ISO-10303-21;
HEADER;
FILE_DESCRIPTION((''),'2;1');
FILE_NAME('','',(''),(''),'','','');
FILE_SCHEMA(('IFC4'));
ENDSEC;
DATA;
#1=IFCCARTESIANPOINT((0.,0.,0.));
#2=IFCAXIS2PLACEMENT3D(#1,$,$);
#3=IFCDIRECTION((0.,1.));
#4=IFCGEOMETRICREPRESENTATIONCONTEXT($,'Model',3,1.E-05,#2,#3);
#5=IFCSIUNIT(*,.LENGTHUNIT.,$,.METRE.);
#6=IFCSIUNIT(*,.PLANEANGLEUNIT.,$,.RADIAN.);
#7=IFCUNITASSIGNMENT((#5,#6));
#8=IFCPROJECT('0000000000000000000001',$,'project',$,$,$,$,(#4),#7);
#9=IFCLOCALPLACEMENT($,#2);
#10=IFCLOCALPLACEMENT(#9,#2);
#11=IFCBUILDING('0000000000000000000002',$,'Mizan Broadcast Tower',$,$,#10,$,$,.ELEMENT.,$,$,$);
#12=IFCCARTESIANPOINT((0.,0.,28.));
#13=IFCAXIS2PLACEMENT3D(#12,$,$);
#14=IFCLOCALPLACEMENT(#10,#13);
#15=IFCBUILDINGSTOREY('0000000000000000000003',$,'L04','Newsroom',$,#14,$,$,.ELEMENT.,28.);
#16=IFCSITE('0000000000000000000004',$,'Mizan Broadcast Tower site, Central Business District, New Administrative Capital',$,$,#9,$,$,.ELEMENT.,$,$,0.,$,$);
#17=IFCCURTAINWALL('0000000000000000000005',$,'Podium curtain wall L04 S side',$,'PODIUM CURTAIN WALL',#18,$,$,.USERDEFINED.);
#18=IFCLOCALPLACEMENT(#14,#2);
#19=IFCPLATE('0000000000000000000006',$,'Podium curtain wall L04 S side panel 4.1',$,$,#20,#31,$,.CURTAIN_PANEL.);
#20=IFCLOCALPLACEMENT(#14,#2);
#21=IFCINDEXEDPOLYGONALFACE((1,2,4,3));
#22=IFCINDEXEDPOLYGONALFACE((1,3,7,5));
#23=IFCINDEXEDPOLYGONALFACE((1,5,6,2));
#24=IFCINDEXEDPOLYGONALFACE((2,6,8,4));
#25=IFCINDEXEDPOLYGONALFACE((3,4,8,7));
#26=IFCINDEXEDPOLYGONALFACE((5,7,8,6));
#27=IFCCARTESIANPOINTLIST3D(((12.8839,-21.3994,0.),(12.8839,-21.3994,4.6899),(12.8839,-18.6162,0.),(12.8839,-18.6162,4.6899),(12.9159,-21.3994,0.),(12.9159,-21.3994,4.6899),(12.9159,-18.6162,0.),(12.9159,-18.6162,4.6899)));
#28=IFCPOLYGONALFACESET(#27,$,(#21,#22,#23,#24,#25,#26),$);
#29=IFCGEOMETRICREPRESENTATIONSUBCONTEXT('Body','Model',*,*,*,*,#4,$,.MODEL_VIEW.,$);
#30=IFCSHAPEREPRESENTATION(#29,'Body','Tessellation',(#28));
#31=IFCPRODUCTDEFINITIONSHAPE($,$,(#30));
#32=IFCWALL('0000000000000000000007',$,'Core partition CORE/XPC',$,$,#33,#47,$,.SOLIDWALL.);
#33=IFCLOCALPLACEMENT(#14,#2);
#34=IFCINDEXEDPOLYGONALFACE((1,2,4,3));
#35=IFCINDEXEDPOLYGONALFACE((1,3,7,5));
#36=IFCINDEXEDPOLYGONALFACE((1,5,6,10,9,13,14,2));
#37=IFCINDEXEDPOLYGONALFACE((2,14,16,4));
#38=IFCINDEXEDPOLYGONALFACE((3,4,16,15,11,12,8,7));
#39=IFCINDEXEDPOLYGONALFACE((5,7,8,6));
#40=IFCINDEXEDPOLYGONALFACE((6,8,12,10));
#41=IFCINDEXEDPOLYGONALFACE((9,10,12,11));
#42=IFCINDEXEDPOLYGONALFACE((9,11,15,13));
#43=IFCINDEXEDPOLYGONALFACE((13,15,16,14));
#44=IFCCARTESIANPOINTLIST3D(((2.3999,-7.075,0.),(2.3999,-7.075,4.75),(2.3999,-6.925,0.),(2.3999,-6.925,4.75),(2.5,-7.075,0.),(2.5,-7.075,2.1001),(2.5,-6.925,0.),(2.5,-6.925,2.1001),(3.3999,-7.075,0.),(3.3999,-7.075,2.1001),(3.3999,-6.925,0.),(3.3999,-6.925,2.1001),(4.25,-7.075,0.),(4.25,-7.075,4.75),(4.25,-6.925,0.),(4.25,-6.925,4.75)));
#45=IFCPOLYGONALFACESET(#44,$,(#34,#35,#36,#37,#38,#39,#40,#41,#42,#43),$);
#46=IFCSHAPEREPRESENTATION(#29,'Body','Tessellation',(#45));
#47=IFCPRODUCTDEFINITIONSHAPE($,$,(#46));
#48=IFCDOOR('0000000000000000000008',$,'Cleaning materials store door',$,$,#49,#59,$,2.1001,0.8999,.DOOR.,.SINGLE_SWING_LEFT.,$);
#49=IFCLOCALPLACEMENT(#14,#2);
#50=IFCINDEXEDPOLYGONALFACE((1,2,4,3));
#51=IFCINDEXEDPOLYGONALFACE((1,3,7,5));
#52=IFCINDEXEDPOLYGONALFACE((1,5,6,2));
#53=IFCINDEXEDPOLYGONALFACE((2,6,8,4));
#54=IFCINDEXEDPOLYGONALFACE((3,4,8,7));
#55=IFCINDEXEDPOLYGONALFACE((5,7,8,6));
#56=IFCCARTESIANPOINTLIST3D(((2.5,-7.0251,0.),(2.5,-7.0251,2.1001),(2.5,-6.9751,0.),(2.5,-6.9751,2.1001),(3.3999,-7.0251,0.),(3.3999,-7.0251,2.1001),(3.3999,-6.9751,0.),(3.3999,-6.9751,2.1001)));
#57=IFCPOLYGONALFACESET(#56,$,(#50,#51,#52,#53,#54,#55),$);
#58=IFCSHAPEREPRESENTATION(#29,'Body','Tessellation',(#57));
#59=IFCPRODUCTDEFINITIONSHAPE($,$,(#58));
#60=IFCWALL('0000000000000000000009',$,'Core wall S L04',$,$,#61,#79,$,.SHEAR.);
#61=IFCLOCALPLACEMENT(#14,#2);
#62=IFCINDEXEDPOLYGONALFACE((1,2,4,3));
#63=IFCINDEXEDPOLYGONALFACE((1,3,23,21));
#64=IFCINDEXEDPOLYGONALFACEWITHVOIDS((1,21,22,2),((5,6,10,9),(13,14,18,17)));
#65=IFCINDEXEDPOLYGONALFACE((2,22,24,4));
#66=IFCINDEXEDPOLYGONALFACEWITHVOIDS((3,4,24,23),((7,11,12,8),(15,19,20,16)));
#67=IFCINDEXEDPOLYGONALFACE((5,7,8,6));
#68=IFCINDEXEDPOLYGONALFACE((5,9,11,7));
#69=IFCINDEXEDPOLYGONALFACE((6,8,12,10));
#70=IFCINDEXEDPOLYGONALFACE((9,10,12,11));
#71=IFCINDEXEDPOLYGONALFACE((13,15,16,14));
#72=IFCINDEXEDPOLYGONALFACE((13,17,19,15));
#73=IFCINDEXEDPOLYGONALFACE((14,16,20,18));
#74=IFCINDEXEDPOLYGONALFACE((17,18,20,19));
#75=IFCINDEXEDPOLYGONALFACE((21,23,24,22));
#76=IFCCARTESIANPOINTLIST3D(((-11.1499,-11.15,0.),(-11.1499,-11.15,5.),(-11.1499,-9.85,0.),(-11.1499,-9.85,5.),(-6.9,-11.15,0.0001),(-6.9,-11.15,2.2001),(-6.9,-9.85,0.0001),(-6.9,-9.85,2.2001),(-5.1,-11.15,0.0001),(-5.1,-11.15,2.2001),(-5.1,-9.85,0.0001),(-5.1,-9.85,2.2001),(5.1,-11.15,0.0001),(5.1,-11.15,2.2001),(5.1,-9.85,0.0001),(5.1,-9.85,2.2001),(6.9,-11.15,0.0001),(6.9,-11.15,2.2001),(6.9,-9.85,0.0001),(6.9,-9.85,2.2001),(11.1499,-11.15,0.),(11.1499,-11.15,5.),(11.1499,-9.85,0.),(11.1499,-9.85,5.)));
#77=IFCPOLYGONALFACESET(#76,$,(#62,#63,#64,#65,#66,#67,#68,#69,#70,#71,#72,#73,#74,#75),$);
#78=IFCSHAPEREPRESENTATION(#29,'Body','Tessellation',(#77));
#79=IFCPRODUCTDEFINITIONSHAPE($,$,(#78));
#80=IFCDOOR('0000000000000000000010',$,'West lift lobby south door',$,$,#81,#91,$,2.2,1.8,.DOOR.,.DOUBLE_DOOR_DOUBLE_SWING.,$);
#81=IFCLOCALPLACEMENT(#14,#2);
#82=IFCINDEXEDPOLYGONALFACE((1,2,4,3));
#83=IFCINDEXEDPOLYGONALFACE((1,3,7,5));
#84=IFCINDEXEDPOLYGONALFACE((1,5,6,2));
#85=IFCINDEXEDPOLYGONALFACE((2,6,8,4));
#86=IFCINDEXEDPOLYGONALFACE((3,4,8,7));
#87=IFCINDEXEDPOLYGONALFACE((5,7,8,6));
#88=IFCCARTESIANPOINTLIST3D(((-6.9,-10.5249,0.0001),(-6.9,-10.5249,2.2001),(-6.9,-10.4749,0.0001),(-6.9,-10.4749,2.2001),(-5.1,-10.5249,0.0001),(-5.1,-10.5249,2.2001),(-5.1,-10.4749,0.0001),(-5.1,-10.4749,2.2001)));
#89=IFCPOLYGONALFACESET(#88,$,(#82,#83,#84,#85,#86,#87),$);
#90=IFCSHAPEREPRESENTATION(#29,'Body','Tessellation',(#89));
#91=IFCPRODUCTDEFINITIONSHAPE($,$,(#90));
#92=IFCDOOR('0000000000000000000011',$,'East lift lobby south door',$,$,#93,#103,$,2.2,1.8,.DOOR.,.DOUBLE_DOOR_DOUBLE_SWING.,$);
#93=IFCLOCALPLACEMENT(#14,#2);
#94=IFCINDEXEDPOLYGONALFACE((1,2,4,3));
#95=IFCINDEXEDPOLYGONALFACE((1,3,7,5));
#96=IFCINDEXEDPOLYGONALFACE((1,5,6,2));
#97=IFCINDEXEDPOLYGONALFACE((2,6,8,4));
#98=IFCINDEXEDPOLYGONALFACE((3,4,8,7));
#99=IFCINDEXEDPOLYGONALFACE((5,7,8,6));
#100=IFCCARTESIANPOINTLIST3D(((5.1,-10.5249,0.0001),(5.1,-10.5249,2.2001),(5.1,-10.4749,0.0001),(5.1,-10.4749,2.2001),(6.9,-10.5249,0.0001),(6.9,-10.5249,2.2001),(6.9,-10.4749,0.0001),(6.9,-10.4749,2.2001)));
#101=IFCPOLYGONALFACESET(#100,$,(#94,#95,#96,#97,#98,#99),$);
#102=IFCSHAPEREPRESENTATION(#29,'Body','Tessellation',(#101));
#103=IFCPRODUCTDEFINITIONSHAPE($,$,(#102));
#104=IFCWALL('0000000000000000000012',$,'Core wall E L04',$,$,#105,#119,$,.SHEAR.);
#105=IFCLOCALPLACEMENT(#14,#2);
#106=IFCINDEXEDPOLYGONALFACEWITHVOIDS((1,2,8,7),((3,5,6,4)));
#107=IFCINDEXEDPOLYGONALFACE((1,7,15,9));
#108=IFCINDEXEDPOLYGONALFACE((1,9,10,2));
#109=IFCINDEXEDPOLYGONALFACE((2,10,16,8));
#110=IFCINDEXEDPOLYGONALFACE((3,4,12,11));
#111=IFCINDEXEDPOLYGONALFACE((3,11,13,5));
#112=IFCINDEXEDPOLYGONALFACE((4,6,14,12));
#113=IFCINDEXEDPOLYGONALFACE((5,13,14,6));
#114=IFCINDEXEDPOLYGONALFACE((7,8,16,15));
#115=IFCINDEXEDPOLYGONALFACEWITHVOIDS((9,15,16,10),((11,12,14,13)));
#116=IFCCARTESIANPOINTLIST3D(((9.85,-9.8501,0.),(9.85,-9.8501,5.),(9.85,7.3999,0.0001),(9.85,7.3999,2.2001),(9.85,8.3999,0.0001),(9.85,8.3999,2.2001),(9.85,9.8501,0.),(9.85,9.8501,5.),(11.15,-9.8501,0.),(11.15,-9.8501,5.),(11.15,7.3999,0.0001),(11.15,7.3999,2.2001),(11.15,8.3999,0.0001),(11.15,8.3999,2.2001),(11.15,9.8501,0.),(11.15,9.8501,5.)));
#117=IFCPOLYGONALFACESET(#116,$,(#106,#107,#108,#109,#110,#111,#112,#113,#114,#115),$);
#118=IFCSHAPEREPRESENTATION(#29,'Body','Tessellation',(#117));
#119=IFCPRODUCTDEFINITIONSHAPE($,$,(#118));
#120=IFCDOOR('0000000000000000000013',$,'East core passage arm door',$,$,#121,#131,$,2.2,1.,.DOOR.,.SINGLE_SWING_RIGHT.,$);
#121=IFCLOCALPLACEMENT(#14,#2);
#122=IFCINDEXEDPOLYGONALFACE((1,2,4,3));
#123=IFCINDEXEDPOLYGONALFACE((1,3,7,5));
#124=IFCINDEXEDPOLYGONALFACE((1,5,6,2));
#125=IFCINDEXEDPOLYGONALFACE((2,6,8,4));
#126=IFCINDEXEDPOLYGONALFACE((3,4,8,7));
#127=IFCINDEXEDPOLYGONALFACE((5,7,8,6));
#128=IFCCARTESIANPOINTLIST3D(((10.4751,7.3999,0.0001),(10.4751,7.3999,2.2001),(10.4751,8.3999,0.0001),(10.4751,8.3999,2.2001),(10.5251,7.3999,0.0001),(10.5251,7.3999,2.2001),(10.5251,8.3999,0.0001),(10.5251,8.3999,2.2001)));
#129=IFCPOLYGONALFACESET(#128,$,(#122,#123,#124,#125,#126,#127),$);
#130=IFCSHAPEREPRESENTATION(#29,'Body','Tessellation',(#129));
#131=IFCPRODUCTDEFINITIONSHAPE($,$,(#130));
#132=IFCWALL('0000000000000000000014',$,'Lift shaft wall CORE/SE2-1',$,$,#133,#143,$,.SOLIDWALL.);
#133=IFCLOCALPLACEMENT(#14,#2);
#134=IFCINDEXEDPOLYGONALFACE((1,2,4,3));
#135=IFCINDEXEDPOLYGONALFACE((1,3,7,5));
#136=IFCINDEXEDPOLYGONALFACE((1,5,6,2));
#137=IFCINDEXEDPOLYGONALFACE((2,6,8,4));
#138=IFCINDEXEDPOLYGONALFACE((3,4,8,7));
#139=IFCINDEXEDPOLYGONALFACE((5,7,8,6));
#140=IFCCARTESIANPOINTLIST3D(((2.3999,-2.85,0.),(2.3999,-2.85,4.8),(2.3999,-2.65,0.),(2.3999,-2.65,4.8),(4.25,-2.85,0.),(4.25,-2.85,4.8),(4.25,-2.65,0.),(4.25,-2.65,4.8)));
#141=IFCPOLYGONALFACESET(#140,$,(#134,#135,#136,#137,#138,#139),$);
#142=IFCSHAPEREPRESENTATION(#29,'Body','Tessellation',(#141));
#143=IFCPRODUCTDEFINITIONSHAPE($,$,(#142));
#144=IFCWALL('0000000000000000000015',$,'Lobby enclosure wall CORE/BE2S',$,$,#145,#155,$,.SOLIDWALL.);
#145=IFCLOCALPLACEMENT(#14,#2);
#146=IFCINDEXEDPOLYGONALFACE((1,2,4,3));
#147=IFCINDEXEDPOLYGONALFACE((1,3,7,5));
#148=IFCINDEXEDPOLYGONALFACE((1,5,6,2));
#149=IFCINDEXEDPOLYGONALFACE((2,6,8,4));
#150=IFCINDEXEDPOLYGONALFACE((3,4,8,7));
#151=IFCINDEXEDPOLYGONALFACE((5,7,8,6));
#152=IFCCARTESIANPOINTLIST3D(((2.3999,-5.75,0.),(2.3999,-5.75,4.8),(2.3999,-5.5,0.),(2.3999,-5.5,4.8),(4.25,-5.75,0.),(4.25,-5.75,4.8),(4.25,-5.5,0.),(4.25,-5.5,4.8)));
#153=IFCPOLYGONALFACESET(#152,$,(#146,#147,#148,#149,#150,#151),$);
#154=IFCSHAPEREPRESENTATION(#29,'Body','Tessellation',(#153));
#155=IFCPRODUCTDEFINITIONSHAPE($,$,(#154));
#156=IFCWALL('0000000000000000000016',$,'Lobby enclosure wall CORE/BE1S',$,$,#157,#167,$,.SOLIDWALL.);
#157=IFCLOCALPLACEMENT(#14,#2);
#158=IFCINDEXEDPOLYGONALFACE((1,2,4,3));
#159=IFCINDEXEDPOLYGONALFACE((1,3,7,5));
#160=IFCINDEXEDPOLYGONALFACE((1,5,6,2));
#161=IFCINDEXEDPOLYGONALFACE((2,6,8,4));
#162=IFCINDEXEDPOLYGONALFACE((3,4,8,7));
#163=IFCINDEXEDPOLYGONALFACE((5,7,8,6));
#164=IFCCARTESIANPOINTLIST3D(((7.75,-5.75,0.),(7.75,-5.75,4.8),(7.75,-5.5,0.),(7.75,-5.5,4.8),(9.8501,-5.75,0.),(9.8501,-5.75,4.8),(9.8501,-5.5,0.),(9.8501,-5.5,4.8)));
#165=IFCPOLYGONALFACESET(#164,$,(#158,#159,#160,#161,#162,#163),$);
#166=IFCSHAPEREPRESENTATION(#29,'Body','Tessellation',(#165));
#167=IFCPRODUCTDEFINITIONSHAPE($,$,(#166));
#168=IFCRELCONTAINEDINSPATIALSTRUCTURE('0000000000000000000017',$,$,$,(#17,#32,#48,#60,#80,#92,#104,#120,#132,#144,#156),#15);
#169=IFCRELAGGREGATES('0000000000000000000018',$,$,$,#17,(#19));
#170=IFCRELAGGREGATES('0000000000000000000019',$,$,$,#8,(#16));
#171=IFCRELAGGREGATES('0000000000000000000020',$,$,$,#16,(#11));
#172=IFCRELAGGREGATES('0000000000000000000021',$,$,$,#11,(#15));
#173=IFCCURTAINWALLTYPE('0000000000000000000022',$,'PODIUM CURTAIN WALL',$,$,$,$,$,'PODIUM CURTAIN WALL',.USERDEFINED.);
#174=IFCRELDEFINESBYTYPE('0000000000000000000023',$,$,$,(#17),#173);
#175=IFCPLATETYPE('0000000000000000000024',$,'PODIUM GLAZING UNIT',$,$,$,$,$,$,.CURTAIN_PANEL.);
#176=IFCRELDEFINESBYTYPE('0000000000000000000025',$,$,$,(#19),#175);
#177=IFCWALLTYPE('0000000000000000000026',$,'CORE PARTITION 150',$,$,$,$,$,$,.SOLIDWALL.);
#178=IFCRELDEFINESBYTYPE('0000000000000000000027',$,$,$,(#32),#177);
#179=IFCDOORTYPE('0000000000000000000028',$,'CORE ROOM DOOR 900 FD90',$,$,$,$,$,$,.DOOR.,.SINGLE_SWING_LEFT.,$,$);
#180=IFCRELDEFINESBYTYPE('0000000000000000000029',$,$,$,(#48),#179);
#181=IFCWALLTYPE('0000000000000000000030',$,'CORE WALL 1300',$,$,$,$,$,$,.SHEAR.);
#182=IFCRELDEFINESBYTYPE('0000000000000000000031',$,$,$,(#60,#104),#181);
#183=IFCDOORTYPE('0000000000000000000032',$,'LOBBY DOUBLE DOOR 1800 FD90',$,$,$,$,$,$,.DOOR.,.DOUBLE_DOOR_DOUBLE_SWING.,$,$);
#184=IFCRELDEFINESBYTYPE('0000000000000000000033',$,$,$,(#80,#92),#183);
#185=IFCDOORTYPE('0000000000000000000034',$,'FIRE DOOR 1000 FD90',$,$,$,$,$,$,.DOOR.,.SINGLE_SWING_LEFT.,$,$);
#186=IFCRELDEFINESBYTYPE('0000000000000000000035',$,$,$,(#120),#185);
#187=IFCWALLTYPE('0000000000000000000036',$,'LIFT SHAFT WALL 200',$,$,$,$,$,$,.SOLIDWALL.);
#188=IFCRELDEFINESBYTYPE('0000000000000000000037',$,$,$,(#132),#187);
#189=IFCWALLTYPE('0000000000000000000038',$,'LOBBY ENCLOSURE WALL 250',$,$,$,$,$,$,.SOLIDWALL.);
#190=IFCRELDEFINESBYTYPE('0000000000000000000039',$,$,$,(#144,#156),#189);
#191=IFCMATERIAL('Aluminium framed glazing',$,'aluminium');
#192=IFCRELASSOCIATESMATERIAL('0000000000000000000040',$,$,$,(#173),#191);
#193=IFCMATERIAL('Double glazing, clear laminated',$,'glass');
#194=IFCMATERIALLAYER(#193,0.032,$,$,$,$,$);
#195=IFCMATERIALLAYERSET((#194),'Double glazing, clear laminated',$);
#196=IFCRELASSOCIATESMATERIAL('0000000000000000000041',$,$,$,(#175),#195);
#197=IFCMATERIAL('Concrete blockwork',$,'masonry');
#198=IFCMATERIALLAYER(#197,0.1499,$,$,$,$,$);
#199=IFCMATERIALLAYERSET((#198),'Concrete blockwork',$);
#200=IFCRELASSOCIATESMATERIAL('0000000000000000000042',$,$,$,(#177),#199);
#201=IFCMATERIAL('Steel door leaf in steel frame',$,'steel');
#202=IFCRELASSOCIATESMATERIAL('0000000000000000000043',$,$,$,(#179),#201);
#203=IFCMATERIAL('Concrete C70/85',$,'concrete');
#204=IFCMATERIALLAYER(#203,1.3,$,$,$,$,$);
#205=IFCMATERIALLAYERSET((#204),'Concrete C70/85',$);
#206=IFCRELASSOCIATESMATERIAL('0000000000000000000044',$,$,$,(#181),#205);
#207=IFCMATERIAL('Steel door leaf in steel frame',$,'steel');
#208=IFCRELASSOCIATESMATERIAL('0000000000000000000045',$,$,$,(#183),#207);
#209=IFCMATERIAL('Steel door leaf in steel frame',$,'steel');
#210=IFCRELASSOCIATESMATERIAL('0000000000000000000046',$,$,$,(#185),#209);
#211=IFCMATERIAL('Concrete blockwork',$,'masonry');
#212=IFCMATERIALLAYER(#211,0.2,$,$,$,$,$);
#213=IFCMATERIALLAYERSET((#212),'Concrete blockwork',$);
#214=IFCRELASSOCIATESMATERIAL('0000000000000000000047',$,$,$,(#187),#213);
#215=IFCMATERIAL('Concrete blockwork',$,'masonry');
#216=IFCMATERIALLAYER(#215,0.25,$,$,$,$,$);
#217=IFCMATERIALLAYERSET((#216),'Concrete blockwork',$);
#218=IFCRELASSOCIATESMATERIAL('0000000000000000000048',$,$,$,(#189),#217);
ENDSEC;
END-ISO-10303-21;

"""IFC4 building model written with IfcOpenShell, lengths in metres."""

from ifc_helpers import new_model, si_unit, direction, frame, frame_2d, origin, origin_2d, place, context, subcontext, project, spatial, rectangle, extrude, material, layer, layer_set, type_object, element, fill, aggregate, save


model = new_model("IFC4")

# Units and contexts
model_context = context("Model", 3, precision=1e-05, world=origin(), true_north=direction((0.0, 1.0)))
body_context = subcontext(model_context, "Body", "Model", "MODEL_VIEW")
ifc_project = project(units=[si_unit("LENGTHUNIT", "METRE"), si_unit("PLANEANGLEUNIT", "RADIAN")], contexts=[model_context])

# Site, building, storey
site_placement = place(None, origin())
site = spatial("IfcSite", under=ifc_project, at=site_placement, Name="Mizan Broadcast Tower site, Central Business District, New Administrative Capital", CompositionType="ELEMENT", RefElevation=0.0)
building_placement = place(site_placement, origin())
building = spatial("IfcBuilding", under=site, at=building_placement, Name="Mizan Broadcast Tower", CompositionType="ELEMENT")
storey_placement = place(building_placement, frame((0.0, 0.0, 28.0)))
storey = spatial("IfcBuildingStorey", under=building, at=storey_placement, Name="L04", Description="Newsroom", CompositionType="ELEMENT", Elevation=28.0)

# Curtain wall
ifc_material_1 = material(Name="Aluminium framed glazing", Category="aluminium")
curtain_wall_type = type_object("IfcCurtainWallType", Name="PODIUM CURTAIN WALL", ElementType="PODIUM CURTAIN WALL", PredefinedType="USERDEFINED", material=ifc_material_1)
curtain_wall_placement = place(storey_placement, origin())
curtain_wall = element("IfcCurtainWall", 1, at=curtain_wall_placement, inside=storey, type_object=curtain_wall_type, Name="Podium curtain wall L04 S side", ObjectType="PODIUM CURTAIN WALL", PredefinedType="USERDEFINED")

# Plate
ifc_material_2 = material(Name="Double glazing, clear laminated", Category="glass")
ifc_layer_1 = layer(ifc_material_2, 0.032)
ifc_layer_set_1 = layer_set([ifc_layer_1], Name="Double glazing, clear laminated")
plate_type = type_object("IfcPlateType", Name="PODIUM GLAZING UNIT", PredefinedType="CURTAIN_PANEL", material=ifc_layer_set_1)
plate_placement = place(storey_placement, frame((12.8999, -20.0078, 0.0), z_axis=(0.0, 0.0, 1.0), x_axis=(0.0, 1.0, 0.0)))
plate = element("IfcPlate", 2, at=plate_placement, type_object=plate_type, Name="Podium curtain wall L04 S side panel 4.1", PredefinedType="CURTAIN_PANEL", context=body_context, shape_type="SweptSolid", body=[
    extrude(rectangle(XDim=2.7832, YDim=0.032, at=origin_2d()), origin(), (0.0, 0.0, 1.0), 4.6899),
])
aggregate(curtain_wall, [plate])

# Wall, opening, door
ifc_material_3 = material(Name="Concrete blockwork", Category="masonry")
ifc_layer_2 = layer(ifc_material_3, 0.1499)
ifc_layer_set_2 = layer_set([ifc_layer_2], Name="Concrete blockwork")
wall_type_1 = type_object("IfcWallType", Name="CORE PARTITION 150", PredefinedType="SOLIDWALL", material=ifc_layer_set_2)
wall_1_placement = place(storey_placement, frame((2.3999, -7.0, 0.0), z_axis=(0.0, 0.0, 1.0), x_axis=(1.0, 0.0, 0.0)))
wall_1 = element("IfcWall", 3, at=wall_1_placement, inside=storey, type_object=wall_type_1, Name="Core partition CORE/XPC", PredefinedType="SOLIDWALL", context=body_context, shape_type="SweptSolid", body=[
    extrude(rectangle(XDim=1.8501, YDim=0.1499, at=frame_2d((0.925, 0.0))), origin(), (0.0, 0.0, 1.0), 4.75),
])
opening_1_placement = place(wall_1_placement, frame((0.1001, 0.0, 0.0)))
opening_1 = element("IfcOpeningElement", 4, at=opening_1_placement, cuts=wall_1, PredefinedType="OPENING", context=body_context, shape_type="SweptSolid", body=[
    extrude(rectangle(XDim=0.8999, YDim=2.1001, at=frame_2d((0.45, 1.05))), frame((0.0, 0.085, 0.0), z_axis=(0.0, -1.0, 0.0), x_axis=(1.0, 0.0, 0.0)), (0.0, 0.0, 1.0), 0.1699),
])
ifc_material_4 = material(Name="Steel door leaf in steel frame", Category="steel")
door_type_1 = type_object("IfcDoorType", Name="CORE ROOM DOOR 900 FD90", OperationType="SINGLE_SWING_LEFT", PredefinedType="DOOR", material=ifc_material_4)
door_1_placement = place(opening_1_placement, origin())
door_1 = element("IfcDoor", 5, at=door_1_placement, inside=storey, type_object=door_type_1, Name="Cleaning materials store door", OperationType="SINGLE_SWING_LEFT", OverallHeight=2.1001, OverallWidth=0.8999, PredefinedType="DOOR", context=body_context, shape_type="SweptSolid", body=[
    extrude(rectangle(XDim=0.8999, YDim=2.1001, at=frame_2d((0.45, 1.05))), frame((0.0, 0.0249, 0.0), z_axis=(0.0, -1.0, 0.0), x_axis=(1.0, 0.0, 0.0)), (0.0, 0.0, 1.0), 0.05),
])
fill(opening_1, door_1)

# Wall, openings, doors
ifc_material_5 = material(Name="Concrete C70/85", Category="concrete")
ifc_layer_3 = layer(ifc_material_5, 1.3)
ifc_layer_set_3 = layer_set([ifc_layer_3], Name="Concrete C70/85")
wall_type_2 = type_object("IfcWallType", Name="CORE WALL 1300", PredefinedType="SHEAR", material=ifc_layer_set_3)
wall_2_placement = place(storey_placement, frame((11.1499, -10.5, 0.0), z_axis=(0.0, 0.0, 1.0), x_axis=(-1.0, 0.0, 0.0)))
wall_2 = element("IfcWall", 6, at=wall_2_placement, inside=storey, type_object=wall_type_2, Name="Core wall S L04", PredefinedType="SHEAR", context=body_context, shape_type="SweptSolid", body=[
    extrude(rectangle(XDim=22.2998, YDim=1.3, at=frame_2d((11.1499, 0.0))), origin(), (0.0, 0.0, 1.0), 5.0),
])
opening_2_placement = place(wall_2_placement, frame((16.25, 0.0, 0.0)))
opening_2 = element("IfcOpeningElement", 7, at=opening_2_placement, cuts=wall_2, PredefinedType="OPENING", context=body_context, shape_type="SweptSolid", body=[
    extrude(rectangle(XDim=1.8, YDim=2.2, at=frame_2d((0.8999, 1.1001))), frame((0.0, 0.6599, 0.0), z_axis=(0.0, -1.0, 0.0), x_axis=(1.0, 0.0, 0.0)), (0.0, 0.0, 1.0), 1.3201),
])
opening_3_placement = place(wall_2_placement, frame((4.25, 0.0, 0.0)))
opening_3 = element("IfcOpeningElement", 8, at=opening_3_placement, cuts=wall_2, PredefinedType="OPENING", context=body_context, shape_type="SweptSolid", body=[
    extrude(rectangle(XDim=1.8, YDim=2.2, at=frame_2d((0.8999, 1.1001))), frame((0.0, 0.6599, 0.0), z_axis=(0.0, -1.0, 0.0), x_axis=(1.0, 0.0, 0.0)), (0.0, 0.0, 1.0), 1.3201),
])
ifc_material_6 = material(Name="Steel door leaf in steel frame", Category="steel")
door_type_2 = type_object("IfcDoorType", Name="LOBBY DOUBLE DOOR 1800 FD90", OperationType="DOUBLE_DOOR_DOUBLE_SWING", PredefinedType="DOOR", material=ifc_material_6)
door_2_placement = place(opening_2_placement, origin())
door_2 = element("IfcDoor", 9, at=door_2_placement, inside=storey, type_object=door_type_2, Name="West lift lobby south door", OperationType="DOUBLE_DOOR_DOUBLE_SWING", OverallHeight=2.2, OverallWidth=1.8, PredefinedType="DOOR", context=body_context, shape_type="SweptSolid", body=[
    extrude(rectangle(XDim=1.8, YDim=2.2, at=frame_2d((0.8999, 1.1001))), frame((0.0, 0.0249, 0.0), z_axis=(0.0, -1.0, 0.0), x_axis=(1.0, 0.0, 0.0)), (0.0, 0.0, 1.0), 0.05),
])
fill(opening_2, door_2)
door_3_placement = place(opening_3_placement, origin())
door_3 = element("IfcDoor", 10, at=door_3_placement, inside=storey, type_object=door_type_2, Name="East lift lobby south door", OperationType="DOUBLE_DOOR_DOUBLE_SWING", OverallHeight=2.2, OverallWidth=1.8, PredefinedType="DOOR", context=body_context, shape_type="SweptSolid", body=[
    extrude(rectangle(XDim=1.8, YDim=2.2, at=frame_2d((0.8999, 1.1001))), frame((0.0, 0.0249, 0.0), z_axis=(0.0, -1.0, 0.0), x_axis=(1.0, 0.0, 0.0)), (0.0, 0.0, 1.0), 0.05),
])
fill(opening_3, door_3)

# Wall, opening, door
wall_3_placement = place(storey_placement, frame((10.5, -9.8501, 0.0), z_axis=(0.0, 0.0, 1.0), x_axis=(0.0, 1.0, 0.0)))
wall_3 = element("IfcWall", 11, at=wall_3_placement, inside=storey, type_object=wall_type_2, Name="Core wall E L04", PredefinedType="SHEAR", context=body_context, shape_type="SweptSolid", body=[
    extrude(rectangle(XDim=19.7002, YDim=1.3, at=frame_2d((9.8501, 0.0))), origin(), (0.0, 0.0, 1.0), 5.0),
])
opening_4_placement = place(wall_3_placement, frame((17.25, 0.0, 0.0)))
opening_4 = element("IfcOpeningElement", 12, at=opening_4_placement, cuts=wall_3, PredefinedType="OPENING", context=body_context, shape_type="SweptSolid", body=[
    extrude(rectangle(XDim=1.0, YDim=2.2, at=frame_2d((0.5, 1.1001))), frame((0.0, 0.6599, 0.0), z_axis=(0.0, -1.0, 0.0), x_axis=(1.0, 0.0, 0.0)), (0.0, 0.0, 1.0), 1.3201),
])
ifc_material_7 = material(Name="Steel door leaf in steel frame", Category="steel")
door_type_3 = type_object("IfcDoorType", Name="FIRE DOOR 1000 FD90", OperationType="SINGLE_SWING_LEFT", PredefinedType="DOOR", material=ifc_material_7)
door_4_placement = place(opening_4_placement, origin())
door_4 = element("IfcDoor", 13, at=door_4_placement, inside=storey, type_object=door_type_3, Name="East core passage arm door", OperationType="SINGLE_SWING_RIGHT", OverallHeight=2.2, OverallWidth=1.0, PredefinedType="DOOR", context=body_context, shape_type="SweptSolid", body=[
    extrude(rectangle(XDim=1.0, YDim=2.2, at=frame_2d((0.5, 1.1001))), frame((0.0, 0.0249, 0.0), z_axis=(0.0, -1.0, 0.0), x_axis=(1.0, 0.0, 0.0)), (0.0, 0.0, 1.0), 0.05),
])
fill(opening_4, door_4)

# Walls
ifc_material_8 = material(Name="Concrete blockwork", Category="masonry")
ifc_layer_4 = layer(ifc_material_8, 0.2)
ifc_layer_set_4 = layer_set([ifc_layer_4], Name="Concrete blockwork")
wall_type_3 = type_object("IfcWallType", Name="LIFT SHAFT WALL 200", PredefinedType="SOLIDWALL", material=ifc_layer_set_4)
wall_4_placement = place(storey_placement, frame((2.3999, -2.75, 0.0), z_axis=(0.0, 0.0, 1.0), x_axis=(1.0, 0.0, 0.0)))
element("IfcWall", 14, at=wall_4_placement, inside=storey, type_object=wall_type_3, Name="Lift shaft wall CORE/SE2-1", PredefinedType="SOLIDWALL", context=body_context, shape_type="SweptSolid", body=[
    extrude(rectangle(XDim=1.8501, YDim=0.2, at=frame_2d((0.925, 0.0))), origin(), (0.0, 0.0, 1.0), 4.8),
])
ifc_material_9 = material(Name="Concrete blockwork", Category="masonry")
ifc_layer_5 = layer(ifc_material_9, 0.25)
ifc_layer_set_5 = layer_set([ifc_layer_5], Name="Concrete blockwork")
wall_type_4 = type_object("IfcWallType", Name="LOBBY ENCLOSURE WALL 250", PredefinedType="SOLIDWALL", material=ifc_layer_set_5)
wall_5_placement = place(storey_placement, frame((2.3999, -5.625, 0.0), z_axis=(0.0, 0.0, 1.0), x_axis=(1.0, 0.0, 0.0)))
element("IfcWall", 15, at=wall_5_placement, inside=storey, type_object=wall_type_4, Name="Lobby enclosure wall CORE/BE2S", PredefinedType="SOLIDWALL", context=body_context, shape_type="SweptSolid", body=[
    extrude(rectangle(XDim=1.8501, YDim=0.25, at=frame_2d((0.925, 0.0))), origin(), (0.0, 0.0, 1.0), 4.8),
])
wall_6_placement = place(storey_placement, frame((7.75, -5.625, 0.0), z_axis=(0.0, 0.0, 1.0), x_axis=(1.0, 0.0, 0.0)))
element("IfcWall", 16, at=wall_6_placement, inside=storey, type_object=wall_type_4, Name="Lobby enclosure wall CORE/BE1S", PredefinedType="SOLIDWALL", context=body_context, shape_type="SweptSolid", body=[
    extrude(rectangle(XDim=2.1001, YDim=0.25, at=frame_2d((1.05, 0.0))), origin(), (0.0, 0.0, 1.0), 4.8),
])

save(model, "model.ifc")
